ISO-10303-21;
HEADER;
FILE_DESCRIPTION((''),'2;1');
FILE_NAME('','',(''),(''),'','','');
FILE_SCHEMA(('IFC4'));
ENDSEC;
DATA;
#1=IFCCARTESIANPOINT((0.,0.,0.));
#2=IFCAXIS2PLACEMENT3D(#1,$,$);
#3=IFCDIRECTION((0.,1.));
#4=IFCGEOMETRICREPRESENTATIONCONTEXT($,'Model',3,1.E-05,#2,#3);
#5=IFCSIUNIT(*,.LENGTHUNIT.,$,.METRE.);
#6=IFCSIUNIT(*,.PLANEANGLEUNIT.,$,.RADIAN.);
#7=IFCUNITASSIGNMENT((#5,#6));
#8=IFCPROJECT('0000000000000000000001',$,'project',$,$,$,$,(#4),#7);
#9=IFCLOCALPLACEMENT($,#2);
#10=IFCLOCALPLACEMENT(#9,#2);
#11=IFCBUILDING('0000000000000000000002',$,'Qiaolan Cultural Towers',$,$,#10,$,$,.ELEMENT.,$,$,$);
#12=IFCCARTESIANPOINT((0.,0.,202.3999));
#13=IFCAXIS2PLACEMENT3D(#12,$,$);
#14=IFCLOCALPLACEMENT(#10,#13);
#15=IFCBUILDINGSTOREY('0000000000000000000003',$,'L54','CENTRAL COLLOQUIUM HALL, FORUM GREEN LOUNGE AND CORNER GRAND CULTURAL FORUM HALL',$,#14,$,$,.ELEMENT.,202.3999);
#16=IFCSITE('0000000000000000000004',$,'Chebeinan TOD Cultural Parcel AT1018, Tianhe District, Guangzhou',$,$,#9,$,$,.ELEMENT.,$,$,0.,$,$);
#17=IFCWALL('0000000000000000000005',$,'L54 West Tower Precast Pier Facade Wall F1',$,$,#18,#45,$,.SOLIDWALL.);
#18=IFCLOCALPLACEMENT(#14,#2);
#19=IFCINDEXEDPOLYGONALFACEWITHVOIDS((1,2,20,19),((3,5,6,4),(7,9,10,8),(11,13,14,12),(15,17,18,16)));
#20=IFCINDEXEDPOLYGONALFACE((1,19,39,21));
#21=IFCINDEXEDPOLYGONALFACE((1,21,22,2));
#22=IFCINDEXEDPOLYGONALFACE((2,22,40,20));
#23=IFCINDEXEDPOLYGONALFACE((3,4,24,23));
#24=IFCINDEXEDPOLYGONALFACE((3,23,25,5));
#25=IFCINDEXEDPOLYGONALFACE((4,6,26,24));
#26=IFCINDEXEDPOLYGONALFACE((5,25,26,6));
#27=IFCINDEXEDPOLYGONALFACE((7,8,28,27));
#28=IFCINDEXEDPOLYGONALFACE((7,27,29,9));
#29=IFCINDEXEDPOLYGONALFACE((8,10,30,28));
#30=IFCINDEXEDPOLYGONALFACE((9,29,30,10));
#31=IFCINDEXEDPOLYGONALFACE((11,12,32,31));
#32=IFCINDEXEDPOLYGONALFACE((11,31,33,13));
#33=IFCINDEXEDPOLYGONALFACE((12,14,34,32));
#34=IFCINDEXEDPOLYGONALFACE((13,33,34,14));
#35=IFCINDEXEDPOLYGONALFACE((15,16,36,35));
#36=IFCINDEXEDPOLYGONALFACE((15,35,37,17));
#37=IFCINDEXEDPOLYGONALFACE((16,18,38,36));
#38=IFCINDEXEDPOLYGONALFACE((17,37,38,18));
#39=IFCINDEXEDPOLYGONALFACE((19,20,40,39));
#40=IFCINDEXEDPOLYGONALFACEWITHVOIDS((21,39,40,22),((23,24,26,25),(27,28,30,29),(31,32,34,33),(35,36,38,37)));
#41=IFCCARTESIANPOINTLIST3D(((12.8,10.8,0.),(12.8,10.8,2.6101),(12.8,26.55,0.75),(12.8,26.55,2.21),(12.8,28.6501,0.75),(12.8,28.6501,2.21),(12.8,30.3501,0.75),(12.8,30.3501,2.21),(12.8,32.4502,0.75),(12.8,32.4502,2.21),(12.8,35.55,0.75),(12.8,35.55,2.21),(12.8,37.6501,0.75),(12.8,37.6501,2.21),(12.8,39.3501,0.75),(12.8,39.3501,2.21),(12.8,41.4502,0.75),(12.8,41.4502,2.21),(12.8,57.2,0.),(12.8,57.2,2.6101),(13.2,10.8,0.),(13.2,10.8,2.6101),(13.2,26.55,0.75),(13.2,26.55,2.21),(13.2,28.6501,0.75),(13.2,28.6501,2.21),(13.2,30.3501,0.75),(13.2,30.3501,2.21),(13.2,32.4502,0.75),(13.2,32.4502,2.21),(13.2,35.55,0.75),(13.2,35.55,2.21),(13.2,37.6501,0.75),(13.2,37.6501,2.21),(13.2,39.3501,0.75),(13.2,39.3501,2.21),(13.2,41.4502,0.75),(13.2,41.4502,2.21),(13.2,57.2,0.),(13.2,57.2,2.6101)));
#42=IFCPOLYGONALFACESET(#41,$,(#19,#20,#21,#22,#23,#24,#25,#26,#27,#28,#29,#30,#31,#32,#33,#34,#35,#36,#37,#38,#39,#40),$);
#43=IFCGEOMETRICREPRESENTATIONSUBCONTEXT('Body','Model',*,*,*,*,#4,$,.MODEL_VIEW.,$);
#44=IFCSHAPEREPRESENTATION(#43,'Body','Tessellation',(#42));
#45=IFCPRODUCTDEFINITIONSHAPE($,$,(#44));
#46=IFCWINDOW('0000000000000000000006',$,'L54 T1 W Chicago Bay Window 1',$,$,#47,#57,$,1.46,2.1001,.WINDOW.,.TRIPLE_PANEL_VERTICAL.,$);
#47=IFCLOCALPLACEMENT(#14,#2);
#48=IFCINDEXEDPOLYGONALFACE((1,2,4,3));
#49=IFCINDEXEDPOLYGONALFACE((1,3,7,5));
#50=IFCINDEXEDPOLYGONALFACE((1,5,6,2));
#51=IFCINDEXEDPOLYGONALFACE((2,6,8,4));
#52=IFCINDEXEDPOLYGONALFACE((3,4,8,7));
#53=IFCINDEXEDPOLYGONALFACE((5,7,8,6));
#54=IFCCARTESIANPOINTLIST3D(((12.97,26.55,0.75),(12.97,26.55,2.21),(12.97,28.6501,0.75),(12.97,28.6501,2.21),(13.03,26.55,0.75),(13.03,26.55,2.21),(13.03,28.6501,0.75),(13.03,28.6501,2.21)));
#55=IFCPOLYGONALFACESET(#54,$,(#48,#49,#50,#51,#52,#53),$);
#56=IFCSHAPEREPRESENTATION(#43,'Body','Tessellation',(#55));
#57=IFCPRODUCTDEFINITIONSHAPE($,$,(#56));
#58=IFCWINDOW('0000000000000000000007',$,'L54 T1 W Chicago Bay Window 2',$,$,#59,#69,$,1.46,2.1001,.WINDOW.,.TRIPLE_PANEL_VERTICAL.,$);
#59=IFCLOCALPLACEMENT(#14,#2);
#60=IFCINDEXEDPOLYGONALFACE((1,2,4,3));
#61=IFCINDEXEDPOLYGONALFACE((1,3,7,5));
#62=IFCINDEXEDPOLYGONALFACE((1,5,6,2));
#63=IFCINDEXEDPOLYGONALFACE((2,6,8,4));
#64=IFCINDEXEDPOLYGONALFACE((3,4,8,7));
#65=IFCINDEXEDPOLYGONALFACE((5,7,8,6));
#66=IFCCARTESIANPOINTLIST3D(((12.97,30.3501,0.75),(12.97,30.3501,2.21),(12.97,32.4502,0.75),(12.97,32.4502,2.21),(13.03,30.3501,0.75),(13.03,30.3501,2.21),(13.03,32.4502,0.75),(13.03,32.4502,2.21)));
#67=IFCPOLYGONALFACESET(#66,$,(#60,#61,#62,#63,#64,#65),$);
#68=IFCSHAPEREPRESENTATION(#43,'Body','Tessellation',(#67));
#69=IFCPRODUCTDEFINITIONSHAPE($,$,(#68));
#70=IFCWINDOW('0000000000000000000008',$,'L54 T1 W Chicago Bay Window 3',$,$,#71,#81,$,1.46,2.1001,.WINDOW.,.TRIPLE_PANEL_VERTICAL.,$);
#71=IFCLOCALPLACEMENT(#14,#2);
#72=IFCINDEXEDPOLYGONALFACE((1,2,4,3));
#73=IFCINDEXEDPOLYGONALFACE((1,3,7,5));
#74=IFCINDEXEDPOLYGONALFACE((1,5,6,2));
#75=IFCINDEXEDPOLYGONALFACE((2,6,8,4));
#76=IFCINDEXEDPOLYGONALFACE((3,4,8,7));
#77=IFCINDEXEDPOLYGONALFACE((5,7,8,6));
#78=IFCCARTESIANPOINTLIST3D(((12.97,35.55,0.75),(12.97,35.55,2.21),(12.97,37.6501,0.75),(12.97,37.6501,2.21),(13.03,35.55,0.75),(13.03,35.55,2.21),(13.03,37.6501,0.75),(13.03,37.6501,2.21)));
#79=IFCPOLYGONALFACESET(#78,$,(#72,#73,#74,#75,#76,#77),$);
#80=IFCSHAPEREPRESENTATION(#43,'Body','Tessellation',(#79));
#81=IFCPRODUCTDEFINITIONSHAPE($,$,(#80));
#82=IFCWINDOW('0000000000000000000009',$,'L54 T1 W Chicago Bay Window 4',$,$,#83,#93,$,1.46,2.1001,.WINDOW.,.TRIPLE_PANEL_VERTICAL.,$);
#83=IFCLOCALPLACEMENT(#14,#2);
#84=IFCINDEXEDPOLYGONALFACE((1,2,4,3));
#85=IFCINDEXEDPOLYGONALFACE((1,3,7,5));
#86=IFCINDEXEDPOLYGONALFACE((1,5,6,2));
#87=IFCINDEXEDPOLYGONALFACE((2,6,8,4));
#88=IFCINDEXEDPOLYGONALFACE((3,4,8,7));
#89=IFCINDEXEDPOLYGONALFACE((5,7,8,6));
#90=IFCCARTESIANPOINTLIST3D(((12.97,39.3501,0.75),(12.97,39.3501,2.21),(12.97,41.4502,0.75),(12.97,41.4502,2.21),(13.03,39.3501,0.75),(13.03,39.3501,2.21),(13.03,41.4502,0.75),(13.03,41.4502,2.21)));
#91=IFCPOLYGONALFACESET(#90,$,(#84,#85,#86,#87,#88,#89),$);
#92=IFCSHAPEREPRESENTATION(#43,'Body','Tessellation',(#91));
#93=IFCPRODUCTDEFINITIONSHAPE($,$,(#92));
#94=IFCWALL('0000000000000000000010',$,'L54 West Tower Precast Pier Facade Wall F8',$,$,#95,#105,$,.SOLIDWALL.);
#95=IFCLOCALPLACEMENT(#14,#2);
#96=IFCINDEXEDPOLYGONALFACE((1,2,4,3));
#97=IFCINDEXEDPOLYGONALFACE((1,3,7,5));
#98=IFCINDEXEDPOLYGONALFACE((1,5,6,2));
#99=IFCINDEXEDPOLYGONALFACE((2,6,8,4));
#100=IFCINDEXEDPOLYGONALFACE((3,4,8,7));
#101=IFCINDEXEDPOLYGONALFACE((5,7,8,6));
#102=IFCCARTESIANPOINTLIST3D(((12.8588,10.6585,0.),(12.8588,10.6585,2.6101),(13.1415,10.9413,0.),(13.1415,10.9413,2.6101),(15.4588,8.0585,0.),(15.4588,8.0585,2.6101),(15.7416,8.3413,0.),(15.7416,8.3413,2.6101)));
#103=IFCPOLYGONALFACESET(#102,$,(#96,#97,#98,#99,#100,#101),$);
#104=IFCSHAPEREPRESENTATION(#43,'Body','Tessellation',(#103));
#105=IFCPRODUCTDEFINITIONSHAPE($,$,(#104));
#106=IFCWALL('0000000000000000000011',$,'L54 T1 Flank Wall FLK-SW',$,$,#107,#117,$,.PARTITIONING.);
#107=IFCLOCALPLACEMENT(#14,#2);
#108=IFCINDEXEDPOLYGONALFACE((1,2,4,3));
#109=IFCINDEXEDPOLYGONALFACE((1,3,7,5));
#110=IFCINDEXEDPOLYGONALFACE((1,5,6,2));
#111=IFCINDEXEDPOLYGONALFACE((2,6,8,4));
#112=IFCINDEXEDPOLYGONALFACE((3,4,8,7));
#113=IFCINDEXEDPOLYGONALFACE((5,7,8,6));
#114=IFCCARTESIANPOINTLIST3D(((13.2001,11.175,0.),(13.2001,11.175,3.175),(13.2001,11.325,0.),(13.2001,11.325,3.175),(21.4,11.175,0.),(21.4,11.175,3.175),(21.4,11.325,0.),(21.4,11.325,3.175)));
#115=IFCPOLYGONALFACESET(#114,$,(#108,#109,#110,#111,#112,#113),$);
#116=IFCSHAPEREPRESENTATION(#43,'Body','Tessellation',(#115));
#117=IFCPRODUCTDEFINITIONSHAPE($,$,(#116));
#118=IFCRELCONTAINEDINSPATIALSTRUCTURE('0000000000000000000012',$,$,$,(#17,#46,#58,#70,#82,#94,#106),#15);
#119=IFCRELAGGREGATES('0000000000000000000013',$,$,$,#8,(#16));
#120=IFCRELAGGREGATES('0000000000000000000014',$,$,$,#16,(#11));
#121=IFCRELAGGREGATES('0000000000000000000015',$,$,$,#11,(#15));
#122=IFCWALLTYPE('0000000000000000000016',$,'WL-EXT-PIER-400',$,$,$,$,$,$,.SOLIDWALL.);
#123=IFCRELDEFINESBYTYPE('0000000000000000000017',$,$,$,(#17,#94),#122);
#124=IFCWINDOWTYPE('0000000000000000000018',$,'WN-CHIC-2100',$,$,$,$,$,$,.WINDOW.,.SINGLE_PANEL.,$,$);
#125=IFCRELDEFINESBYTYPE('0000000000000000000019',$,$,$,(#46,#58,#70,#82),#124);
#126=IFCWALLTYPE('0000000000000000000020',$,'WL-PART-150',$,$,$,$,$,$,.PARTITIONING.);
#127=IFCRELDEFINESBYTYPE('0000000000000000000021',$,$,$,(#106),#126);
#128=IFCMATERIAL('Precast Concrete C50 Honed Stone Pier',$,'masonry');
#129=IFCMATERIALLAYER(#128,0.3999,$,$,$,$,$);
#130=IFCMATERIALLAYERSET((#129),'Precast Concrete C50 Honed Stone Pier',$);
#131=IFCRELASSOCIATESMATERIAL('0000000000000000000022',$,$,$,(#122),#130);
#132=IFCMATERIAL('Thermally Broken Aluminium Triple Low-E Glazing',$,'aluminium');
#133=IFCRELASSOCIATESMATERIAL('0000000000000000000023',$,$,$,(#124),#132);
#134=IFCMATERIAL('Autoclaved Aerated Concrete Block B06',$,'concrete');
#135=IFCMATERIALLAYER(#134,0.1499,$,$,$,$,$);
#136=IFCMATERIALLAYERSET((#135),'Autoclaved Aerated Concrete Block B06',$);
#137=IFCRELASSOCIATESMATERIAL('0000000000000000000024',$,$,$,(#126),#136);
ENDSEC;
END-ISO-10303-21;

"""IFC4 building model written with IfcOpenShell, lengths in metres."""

from ifc_helpers import new_model, si_unit, direction, frame, frame_2d, origin, place, context, subcontext, project, spatial, rectangle, extrude, material, layer, layer_set, type_object, element, fill, save


model = new_model("IFC4")

# Units and contexts
model_context = context("Model", 3, precision=1e-05, world=origin(), true_north=direction((0.0, 1.0)))
body_context = subcontext(model_context, "Body", "Model", "MODEL_VIEW")
ifc_project = project(units=[si_unit("LENGTHUNIT", "METRE"), si_unit("PLANEANGLEUNIT", "RADIAN")], contexts=[model_context])

# Site, building, storey
site_placement = place(None, origin())
site = spatial("IfcSite", under=ifc_project, at=site_placement, Name="Chebeinan TOD Cultural Parcel AT1018, Tianhe District, Guangzhou", CompositionType="ELEMENT", RefElevation=0.0)
building_placement = place(site_placement, origin())
building = spatial("IfcBuilding", under=site, at=building_placement, Name="Qiaolan Cultural Towers", CompositionType="ELEMENT")
storey_placement = place(building_placement, frame((0.0, 0.0, 202.3999)))
storey = spatial("IfcBuildingStorey", under=building, at=storey_placement, Name="L54", Description="CENTRAL COLLOQUIUM HALL, FORUM GREEN LOUNGE AND CORNER GRAND CULTURAL FORUM HALL", CompositionType="ELEMENT", Elevation=202.3999)

# Wall, openings, windows
ifc_material_1 = material(Name="Precast Concrete C50 Honed Stone Pier", Category="masonry")
ifc_layer_1 = layer(ifc_material_1, 0.3999)
ifc_layer_set_1 = layer_set([ifc_layer_1], Name="Precast Concrete C50 Honed Stone Pier")
wall_type_1 = type_object("IfcWallType", Name="WL-EXT-PIER-400", PredefinedType="SOLIDWALL", material=ifc_layer_set_1)
wall_1_placement = place(storey_placement, frame((13.0, 10.8, 0.0), z_axis=(0.0, 0.0, 1.0), x_axis=(0.0, 1.0, 0.0)))
wall_1 = element("IfcWall", 1, at=wall_1_placement, inside=storey, type_object=wall_type_1, Name="L54 West Tower Precast Pier Facade Wall F1", PredefinedType="SOLIDWALL", context=body_context, shape_type="SweptSolid", body=[
    extrude(rectangle(XDim=46.3999, YDim=0.3999, at=frame_2d((23.2, 0.0))), origin(), (0.0, 0.0, 1.0), 2.6101),
])
opening_1_placement = place(wall_1_placement, frame((15.75, 0.0, 0.75)))
opening_1 = element("IfcOpeningElement", 2, at=opening_1_placement, cuts=wall_1, PredefinedType="OPENING", context=body_context, shape_type="SweptSolid", body=[
    extrude(rectangle(XDim=2.1001, YDim=1.46, at=frame_2d((1.05, 0.73))), frame((0.0, 0.21, 0.0), z_axis=(0.0, -1.0, 0.0), x_axis=(1.0, 0.0, 0.0)), (0.0, 0.0, 1.0), 0.4199),
])
opening_2_placement = place(wall_1_placement, frame((19.55, 0.0, 0.75)))
opening_2 = element("IfcOpeningElement", 3, at=opening_2_placement, cuts=wall_1, PredefinedType="OPENING", context=body_context, shape_type="SweptSolid", body=[
    extrude(rectangle(XDim=2.1001, YDim=1.46, at=frame_2d((1.05, 0.73))), frame((0.0, 0.21, 0.0), z_axis=(0.0, -1.0, 0.0), x_axis=(1.0, 0.0, 0.0)), (0.0, 0.0, 1.0), 0.4199),
])
opening_3_placement = place(wall_1_placement, frame((24.75, 0.0, 0.75)))
opening_3 = element("IfcOpeningElement", 4, at=opening_3_placement, cuts=wall_1, PredefinedType="OPENING", context=body_context, shape_type="SweptSolid", body=[
    extrude(rectangle(XDim=2.1001, YDim=1.46, at=frame_2d((1.05, 0.73))), frame((0.0, 0.21, 0.0), z_axis=(0.0, -1.0, 0.0), x_axis=(1.0, 0.0, 0.0)), (0.0, 0.0, 1.0), 0.4199),
])
opening_4_placement = place(wall_1_placement, frame((28.55, 0.0, 0.75)))
opening_4 = element("IfcOpeningElement", 5, at=opening_4_placement, cuts=wall_1, PredefinedType="OPENING", context=body_context, shape_type="SweptSolid", body=[
    extrude(rectangle(XDim=2.1001, YDim=1.46, at=frame_2d((1.05, 0.73))), frame((0.0, 0.21, 0.0), z_axis=(0.0, -1.0, 0.0), x_axis=(1.0, 0.0, 0.0)), (0.0, 0.0, 1.0), 0.4199),
])
ifc_material_2 = material(Name="Thermally Broken Aluminium Triple Low-E Glazing", Category="aluminium")
window_type = type_object("IfcWindowType", Name="WN-CHIC-2100", PartitioningType="SINGLE_PANEL", PredefinedType="WINDOW", material=ifc_material_2)
window_1_placement = place(opening_1_placement, origin())
window_1 = element("IfcWindow", 6, at=window_1_placement, inside=storey, type_object=window_type, Name="L54 T1 W Chicago Bay Window 1", OverallHeight=1.46, OverallWidth=2.1001, PartitioningType="TRIPLE_PANEL_VERTICAL", PredefinedType="WINDOW", context=body_context, shape_type="SweptSolid", body=[
    extrude(rectangle(XDim=2.1001, YDim=1.46, at=frame_2d((1.05, 0.73))), frame((0.0, 0.03, 0.0), z_axis=(0.0, -1.0, 0.0), x_axis=(1.0, 0.0, 0.0)), (0.0, 0.0, 1.0), 0.0601),
])
fill(opening_1, window_1)
window_2_placement = place(opening_2_placement, origin())
window_2 = element("IfcWindow", 7, at=window_2_placement, inside=storey, type_object=window_type, Name="L54 T1 W Chicago Bay Window 2", OverallHeight=1.46, OverallWidth=2.1001, PartitioningType="TRIPLE_PANEL_VERTICAL", PredefinedType="WINDOW", context=body_context, shape_type="SweptSolid", body=[
    extrude(rectangle(XDim=2.1001, YDim=1.46, at=frame_2d((1.05, 0.73))), frame((0.0, 0.03, 0.0), z_axis=(0.0, -1.0, 0.0), x_axis=(1.0, 0.0, 0.0)), (0.0, 0.0, 1.0), 0.0601),
])
fill(opening_2, window_2)
window_3_placement = place(opening_3_placement, origin())
window_3 = element("IfcWindow", 8, at=window_3_placement, inside=storey, type_object=window_type, Name="L54 T1 W Chicago Bay Window 3", OverallHeight=1.46, OverallWidth=2.1001, PartitioningType="TRIPLE_PANEL_VERTICAL", PredefinedType="WINDOW", context=body_context, shape_type="SweptSolid", body=[
    extrude(rectangle(XDim=2.1001, YDim=1.46, at=frame_2d((1.05, 0.73))), frame((0.0, 0.03, 0.0), z_axis=(0.0, -1.0, 0.0), x_axis=(1.0, 0.0, 0.0)), (0.0, 0.0, 1.0), 0.0601),
])
fill(opening_3, window_3)
window_4_placement = place(opening_4_placement, origin())
window_4 = element("IfcWindow", 9, at=window_4_placement, inside=storey, type_object=window_type, Name="L54 T1 W Chicago Bay Window 4", OverallHeight=1.46, OverallWidth=2.1001, PartitioningType="TRIPLE_PANEL_VERTICAL", PredefinedType="WINDOW", context=body_context, shape_type="SweptSolid", body=[
    extrude(rectangle(XDim=2.1001, YDim=1.46, at=frame_2d((1.05, 0.73))), frame((0.0, 0.03, 0.0), z_axis=(0.0, -1.0, 0.0), x_axis=(1.0, 0.0, 0.0)), (0.0, 0.0, 1.0), 0.0601),
])
fill(opening_4, window_4)

# Walls
wall_2_placement = place(storey_placement, frame((15.6001, 8.2, 0.0), z_axis=(0.0, 0.0, 1.0), x_axis=(-0.707107, 0.707107, 0.0)))
element("IfcWall", 10, at=wall_2_placement, inside=storey, type_object=wall_type_1, Name="L54 West Tower Precast Pier Facade Wall F8", PredefinedType="SOLIDWALL", context=body_context, shape_type="SweptSolid", body=[
    extrude(rectangle(XDim=3.677, YDim=0.3999, at=frame_2d((1.8384, 0.0))), origin(), (0.0, 0.0, 1.0), 2.6101),
])
ifc_material_3 = material(Name="Autoclaved Aerated Concrete Block B06", Category="concrete")
ifc_layer_2 = layer(ifc_material_3, 0.1499)
ifc_layer_set_2 = layer_set([ifc_layer_2], Name="Autoclaved Aerated Concrete Block B06")
wall_type_2 = type_object("IfcWallType", Name="WL-PART-150", PredefinedType="PARTITIONING", material=ifc_layer_set_2)
wall_3_placement = place(storey_placement, frame((13.2, 11.25, 0.0), z_axis=(0.0, 0.0, 1.0), x_axis=(1.0, 0.0, 0.0)))
element("IfcWall", 11, at=wall_3_placement, inside=storey, type_object=wall_type_2, Name="L54 T1 Flank Wall FLK-SW", PredefinedType="PARTITIONING", context=body_context, shape_type="SweptSolid", body=[
    extrude(rectangle(XDim=8.2, YDim=0.1499, at=frame_2d((4.1001, 0.0))), origin(), (0.0, 0.0, 1.0), 3.175),
])

save(model, "model.ifc")
